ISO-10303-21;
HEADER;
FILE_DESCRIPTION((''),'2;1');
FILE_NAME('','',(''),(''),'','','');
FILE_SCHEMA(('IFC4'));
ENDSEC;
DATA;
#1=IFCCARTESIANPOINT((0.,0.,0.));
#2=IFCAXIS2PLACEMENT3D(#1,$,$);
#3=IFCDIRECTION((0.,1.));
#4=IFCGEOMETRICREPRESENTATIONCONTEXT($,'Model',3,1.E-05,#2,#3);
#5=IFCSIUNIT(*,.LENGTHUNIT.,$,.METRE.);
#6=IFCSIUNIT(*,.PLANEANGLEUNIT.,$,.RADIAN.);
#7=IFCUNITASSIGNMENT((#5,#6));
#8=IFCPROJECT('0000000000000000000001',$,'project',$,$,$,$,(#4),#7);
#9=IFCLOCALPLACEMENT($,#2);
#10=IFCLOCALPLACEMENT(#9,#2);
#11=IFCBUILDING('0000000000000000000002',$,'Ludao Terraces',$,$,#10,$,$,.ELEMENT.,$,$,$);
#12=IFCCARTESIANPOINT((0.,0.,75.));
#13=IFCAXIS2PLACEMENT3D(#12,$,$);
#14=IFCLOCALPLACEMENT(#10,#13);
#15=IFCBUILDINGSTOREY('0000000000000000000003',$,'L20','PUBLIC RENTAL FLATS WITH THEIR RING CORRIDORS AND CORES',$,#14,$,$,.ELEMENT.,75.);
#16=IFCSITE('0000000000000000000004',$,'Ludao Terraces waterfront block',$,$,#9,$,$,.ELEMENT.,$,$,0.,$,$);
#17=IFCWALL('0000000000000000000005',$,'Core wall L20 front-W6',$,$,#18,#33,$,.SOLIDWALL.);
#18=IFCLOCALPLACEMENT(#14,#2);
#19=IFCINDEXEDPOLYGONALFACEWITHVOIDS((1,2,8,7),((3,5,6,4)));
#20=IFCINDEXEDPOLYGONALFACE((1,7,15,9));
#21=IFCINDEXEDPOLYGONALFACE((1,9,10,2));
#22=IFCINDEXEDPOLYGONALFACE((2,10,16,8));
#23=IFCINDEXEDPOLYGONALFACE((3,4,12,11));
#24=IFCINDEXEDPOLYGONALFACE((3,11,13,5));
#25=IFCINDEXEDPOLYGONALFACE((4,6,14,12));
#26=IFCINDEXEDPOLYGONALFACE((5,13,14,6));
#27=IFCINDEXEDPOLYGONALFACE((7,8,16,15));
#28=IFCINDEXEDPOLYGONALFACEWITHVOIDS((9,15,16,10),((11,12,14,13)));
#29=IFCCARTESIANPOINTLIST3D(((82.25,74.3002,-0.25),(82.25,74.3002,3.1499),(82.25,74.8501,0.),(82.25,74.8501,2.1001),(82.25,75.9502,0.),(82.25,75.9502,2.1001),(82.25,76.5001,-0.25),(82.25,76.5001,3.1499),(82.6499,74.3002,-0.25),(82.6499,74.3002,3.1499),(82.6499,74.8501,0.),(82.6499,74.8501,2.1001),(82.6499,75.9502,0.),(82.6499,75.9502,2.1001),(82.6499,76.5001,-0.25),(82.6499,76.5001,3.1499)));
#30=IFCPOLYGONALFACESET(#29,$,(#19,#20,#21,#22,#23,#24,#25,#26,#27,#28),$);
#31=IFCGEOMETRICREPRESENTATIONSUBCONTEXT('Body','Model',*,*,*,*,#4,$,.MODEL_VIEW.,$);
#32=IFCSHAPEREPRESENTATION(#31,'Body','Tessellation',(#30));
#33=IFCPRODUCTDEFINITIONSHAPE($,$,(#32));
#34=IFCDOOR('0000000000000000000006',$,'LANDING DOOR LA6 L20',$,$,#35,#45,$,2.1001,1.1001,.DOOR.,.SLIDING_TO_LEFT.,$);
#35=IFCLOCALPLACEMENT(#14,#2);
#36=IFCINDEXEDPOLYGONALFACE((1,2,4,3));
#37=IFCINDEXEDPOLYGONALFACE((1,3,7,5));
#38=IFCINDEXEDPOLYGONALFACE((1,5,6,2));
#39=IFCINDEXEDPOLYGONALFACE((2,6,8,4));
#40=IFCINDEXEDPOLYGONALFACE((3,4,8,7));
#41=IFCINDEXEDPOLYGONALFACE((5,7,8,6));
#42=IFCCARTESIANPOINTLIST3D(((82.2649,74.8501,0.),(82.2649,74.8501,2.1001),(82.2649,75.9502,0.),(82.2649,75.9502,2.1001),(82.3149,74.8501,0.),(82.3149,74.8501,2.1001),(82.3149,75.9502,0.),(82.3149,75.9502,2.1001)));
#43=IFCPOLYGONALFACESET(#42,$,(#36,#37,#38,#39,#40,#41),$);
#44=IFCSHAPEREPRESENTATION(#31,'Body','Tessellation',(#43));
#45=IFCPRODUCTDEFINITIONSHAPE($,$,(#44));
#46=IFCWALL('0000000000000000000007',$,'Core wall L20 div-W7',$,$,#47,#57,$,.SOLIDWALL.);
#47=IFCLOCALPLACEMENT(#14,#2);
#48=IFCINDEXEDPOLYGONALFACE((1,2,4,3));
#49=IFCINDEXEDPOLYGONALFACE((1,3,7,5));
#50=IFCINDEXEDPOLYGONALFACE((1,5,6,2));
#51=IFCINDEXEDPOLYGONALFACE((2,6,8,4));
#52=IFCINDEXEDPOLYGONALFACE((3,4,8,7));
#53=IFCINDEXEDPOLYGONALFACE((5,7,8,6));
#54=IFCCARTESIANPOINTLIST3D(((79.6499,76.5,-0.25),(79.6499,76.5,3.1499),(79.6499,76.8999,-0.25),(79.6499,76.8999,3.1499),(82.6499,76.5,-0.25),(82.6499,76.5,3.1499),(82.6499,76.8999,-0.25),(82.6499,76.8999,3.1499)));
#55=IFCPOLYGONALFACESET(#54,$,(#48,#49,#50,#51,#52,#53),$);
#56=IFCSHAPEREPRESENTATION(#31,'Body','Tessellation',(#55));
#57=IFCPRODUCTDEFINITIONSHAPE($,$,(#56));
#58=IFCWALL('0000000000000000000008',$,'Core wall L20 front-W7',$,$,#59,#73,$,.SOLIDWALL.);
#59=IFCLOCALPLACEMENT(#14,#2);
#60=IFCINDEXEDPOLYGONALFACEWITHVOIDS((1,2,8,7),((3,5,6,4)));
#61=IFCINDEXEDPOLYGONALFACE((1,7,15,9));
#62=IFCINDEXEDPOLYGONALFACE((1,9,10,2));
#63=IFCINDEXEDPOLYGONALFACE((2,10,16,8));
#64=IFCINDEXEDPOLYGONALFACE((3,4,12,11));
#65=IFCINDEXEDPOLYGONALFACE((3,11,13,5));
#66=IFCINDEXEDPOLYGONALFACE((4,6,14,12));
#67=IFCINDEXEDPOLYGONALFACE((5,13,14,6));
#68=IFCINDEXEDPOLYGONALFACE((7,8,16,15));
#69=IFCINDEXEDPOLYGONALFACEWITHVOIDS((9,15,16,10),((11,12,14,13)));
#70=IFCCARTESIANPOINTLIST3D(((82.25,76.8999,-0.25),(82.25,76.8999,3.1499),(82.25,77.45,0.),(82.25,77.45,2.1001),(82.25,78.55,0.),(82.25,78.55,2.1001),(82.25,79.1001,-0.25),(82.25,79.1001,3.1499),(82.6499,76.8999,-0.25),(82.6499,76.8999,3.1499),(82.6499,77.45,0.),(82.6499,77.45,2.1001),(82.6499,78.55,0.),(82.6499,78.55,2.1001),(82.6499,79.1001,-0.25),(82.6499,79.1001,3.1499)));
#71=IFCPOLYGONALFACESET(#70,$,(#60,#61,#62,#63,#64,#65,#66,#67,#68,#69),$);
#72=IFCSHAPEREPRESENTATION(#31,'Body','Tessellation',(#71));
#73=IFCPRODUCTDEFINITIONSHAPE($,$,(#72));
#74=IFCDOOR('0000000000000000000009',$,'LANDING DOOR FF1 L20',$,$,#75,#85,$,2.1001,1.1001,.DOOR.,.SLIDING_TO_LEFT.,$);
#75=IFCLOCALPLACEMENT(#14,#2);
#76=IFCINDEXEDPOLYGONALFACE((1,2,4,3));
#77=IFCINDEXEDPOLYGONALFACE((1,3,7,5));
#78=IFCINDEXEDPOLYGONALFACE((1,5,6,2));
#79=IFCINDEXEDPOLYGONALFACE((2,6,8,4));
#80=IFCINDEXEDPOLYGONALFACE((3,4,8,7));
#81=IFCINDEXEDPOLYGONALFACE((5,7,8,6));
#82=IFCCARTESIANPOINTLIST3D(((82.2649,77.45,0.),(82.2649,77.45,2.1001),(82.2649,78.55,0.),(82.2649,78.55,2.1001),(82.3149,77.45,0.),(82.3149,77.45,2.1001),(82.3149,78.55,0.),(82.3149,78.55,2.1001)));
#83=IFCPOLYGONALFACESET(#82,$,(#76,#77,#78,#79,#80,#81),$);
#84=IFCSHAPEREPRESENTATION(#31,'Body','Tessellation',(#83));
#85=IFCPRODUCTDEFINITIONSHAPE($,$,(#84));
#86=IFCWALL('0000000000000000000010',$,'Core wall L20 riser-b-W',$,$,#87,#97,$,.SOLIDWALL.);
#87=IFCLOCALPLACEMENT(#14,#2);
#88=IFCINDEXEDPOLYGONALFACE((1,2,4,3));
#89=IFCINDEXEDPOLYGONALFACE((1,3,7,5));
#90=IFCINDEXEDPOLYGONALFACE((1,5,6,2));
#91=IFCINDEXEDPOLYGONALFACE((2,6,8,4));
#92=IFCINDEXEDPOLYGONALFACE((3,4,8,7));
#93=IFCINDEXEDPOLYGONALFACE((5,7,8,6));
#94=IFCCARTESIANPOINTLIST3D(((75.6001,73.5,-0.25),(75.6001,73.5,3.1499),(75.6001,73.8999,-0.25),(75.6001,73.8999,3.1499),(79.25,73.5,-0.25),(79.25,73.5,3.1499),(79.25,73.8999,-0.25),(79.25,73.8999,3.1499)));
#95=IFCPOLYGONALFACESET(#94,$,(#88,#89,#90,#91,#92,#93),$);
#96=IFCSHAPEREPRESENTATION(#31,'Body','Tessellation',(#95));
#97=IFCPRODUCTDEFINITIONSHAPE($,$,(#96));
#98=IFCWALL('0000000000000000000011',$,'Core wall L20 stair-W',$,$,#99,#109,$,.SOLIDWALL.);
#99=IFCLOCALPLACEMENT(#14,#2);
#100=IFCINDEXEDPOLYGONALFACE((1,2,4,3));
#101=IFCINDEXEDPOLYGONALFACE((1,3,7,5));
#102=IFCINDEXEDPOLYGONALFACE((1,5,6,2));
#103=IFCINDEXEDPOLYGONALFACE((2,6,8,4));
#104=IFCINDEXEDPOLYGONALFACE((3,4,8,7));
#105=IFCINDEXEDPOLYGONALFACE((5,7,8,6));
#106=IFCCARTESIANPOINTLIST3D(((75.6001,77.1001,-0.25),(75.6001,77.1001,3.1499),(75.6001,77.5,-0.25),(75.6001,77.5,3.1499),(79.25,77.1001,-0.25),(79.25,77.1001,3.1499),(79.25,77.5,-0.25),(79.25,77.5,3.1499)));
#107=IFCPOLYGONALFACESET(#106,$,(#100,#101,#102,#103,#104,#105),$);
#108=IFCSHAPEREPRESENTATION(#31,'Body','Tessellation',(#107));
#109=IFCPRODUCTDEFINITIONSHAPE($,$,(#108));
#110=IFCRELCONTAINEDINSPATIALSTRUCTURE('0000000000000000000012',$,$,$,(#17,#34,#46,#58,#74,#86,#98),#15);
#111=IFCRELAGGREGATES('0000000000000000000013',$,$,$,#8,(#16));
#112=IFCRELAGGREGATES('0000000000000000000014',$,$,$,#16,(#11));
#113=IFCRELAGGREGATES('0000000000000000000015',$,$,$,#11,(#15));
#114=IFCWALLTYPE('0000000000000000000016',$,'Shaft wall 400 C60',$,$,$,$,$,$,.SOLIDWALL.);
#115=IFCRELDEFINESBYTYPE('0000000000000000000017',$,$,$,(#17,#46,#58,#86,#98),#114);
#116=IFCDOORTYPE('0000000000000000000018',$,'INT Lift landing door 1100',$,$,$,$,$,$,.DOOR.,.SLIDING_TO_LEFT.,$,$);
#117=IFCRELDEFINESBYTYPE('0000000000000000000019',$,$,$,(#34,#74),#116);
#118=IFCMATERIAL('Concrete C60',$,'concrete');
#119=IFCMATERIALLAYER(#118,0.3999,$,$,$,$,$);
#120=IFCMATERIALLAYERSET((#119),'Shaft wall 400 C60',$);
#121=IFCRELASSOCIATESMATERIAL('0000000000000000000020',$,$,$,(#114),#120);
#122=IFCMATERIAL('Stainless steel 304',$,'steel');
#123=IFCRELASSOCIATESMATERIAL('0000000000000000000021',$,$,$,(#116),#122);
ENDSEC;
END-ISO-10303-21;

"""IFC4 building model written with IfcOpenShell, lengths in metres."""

from ifc_helpers import new_model, si_unit, direction, frame, frame_2d, origin, place, context, subcontext, project, spatial, rectangle, extrude, material, layer, layer_set, type_object, element, fill, save


model = new_model("IFC4")

# Units and contexts
model_context = context("Model", 3, precision=1e-05, world=origin(), true_north=direction((0.0, 1.0)))
body_context = subcontext(model_context, "Body", "Model", "MODEL_VIEW")
ifc_project = project(units=[si_unit("LENGTHUNIT", "METRE"), si_unit("PLANEANGLEUNIT", "RADIAN")], contexts=[model_context])

# Site, building, storey
site_placement = place(None, origin())
site = spatial("IfcSite", under=ifc_project, at=site_placement, Name="Ludao Terraces waterfront block", CompositionType="ELEMENT", RefElevation=0.0)
building_placement = place(site_placement, origin())
building = spatial("IfcBuilding", under=site, at=building_placement, Name="Ludao Terraces", CompositionType="ELEMENT")
storey_placement = place(building_placement, frame((0.0, 0.0, 75.0)))
storey = spatial("IfcBuildingStorey", under=building, at=storey_placement, Name="L20", Description="PUBLIC RENTAL FLATS WITH THEIR RING CORRIDORS AND CORES", CompositionType="ELEMENT", Elevation=75.0)

# Shared definitions
ifc_material_1 = material(Name="Concrete C60", Category="concrete")
ifc_layer_1 = layer(ifc_material_1, 0.3999)
ifc_layer_set_1 = layer_set([ifc_layer_1], Name="Shaft wall 400 C60")
wall_type_1 = type_object("IfcWallType", Name="Shaft wall 400 C60", PredefinedType="SOLIDWALL", material=ifc_layer_set_1)

# Shared definitions
ifc_material_2 = material(Name="Stainless steel 304", Category="steel")
door_type_1 = type_object("IfcDoorType", Name="INT Lift landing door 1100", OperationType="SLIDING_TO_LEFT", PredefinedType="DOOR", material=ifc_material_2)

# Wall, opening, door
wall_1_placement = place(storey_placement, frame((82.45, 74.3, -0.25), z_axis=(0.0, 0.0, 1.0), x_axis=(0.0, 1.0, 0.0)))
wall_1 = element("IfcWall", 1, at=wall_1_placement, inside=storey, type_object=wall_type_1, Name="Core wall L20 front-W6", PredefinedType="SOLIDWALL", context=body_context, shape_type="SweptSolid", body=[
    extrude(rectangle(XDim=2.2, YDim=0.3999, at=frame_2d((1.1001, 0.0))), origin(), (0.0, 0.0, 1.0), 3.3999),
])
opening_1_placement = place(wall_1_placement, frame((0.55, 0.0, 0.25)))
opening_1 = element("IfcOpeningElement", 2, at=opening_1_placement, cuts=wall_1, PredefinedType="OPENING", context=body_context, shape_type="SweptSolid", body=[
    extrude(rectangle(XDim=1.1001, YDim=2.1001, at=frame_2d((0.55, 1.05))), frame((0.0, 0.21, 0.0), z_axis=(0.0, -1.0, 0.0), x_axis=(1.0, 0.0, 0.0)), (0.0, 0.0, 1.0), 0.4199),
])
door_1_placement = place(opening_1_placement, origin())
door_1 = element("IfcDoor", 3, at=door_1_placement, inside=storey, type_object=door_type_1, Name="LANDING DOOR LA6 L20", OperationType="SLIDING_TO_LEFT", OverallHeight=2.1001, OverallWidth=1.1001, PredefinedType="DOOR", context=body_context, shape_type="SweptSolid", body=[
    extrude(rectangle(XDim=1.1001, YDim=2.1001, at=frame_2d((0.55, 1.05))), frame((0.0, 0.1851, 0.0), z_axis=(0.0, -1.0, 0.0), x_axis=(1.0, 0.0, 0.0)), (0.0, 0.0, 1.0), 0.05),
])
fill(opening_1, door_1)

# Wall
wall_2_placement = place(storey_placement, frame((79.6499, 76.7, -0.25), z_axis=(0.0, 0.0, 1.0), x_axis=(1.0, 0.0, 0.0)))
element("IfcWall", 4, at=wall_2_placement, inside=storey, type_object=wall_type_1, Name="Core wall L20 div-W7", PredefinedType="SOLIDWALL", context=body_context, shape_type="SweptSolid", body=[
    extrude(rectangle(XDim=3.0, YDim=0.3999, at=frame_2d((1.5, 0.0))), origin(), (0.0, 0.0, 1.0), 3.3999),
])

# Wall, opening, door
wall_3_placement = place(storey_placement, frame((82.45, 76.8999, -0.25), z_axis=(0.0, 0.0, 1.0), x_axis=(0.0, 1.0, 0.0)))
wall_3 = element("IfcWall", 5, at=wall_3_placement, inside=storey, type_object=wall_type_1, Name="Core wall L20 front-W7", PredefinedType="SOLIDWALL", context=body_context, shape_type="SweptSolid", body=[
    extrude(rectangle(XDim=2.2002, YDim=0.3999, at=frame_2d((1.1001, 0.0))), origin(), (0.0, 0.0, 1.0), 3.3999),
])
opening_2_placement = place(wall_3_placement, frame((0.55, 0.0, 0.25)))
opening_2 = element("IfcOpeningElement", 6, at=opening_2_placement, cuts=wall_3, PredefinedType="OPENING", context=body_context, shape_type="SweptSolid", body=[
    extrude(rectangle(XDim=1.1001, YDim=2.1001, at=frame_2d((0.55, 1.05))), frame((0.0, 0.21, 0.0), z_axis=(0.0, -1.0, 0.0), x_axis=(1.0, 0.0, 0.0)), (0.0, 0.0, 1.0), 0.4199),
])
door_2_placement = place(opening_2_placement, origin())
door_2 = element("IfcDoor", 7, at=door_2_placement, inside=storey, type_object=door_type_1, Name="LANDING DOOR FF1 L20", OperationType="SLIDING_TO_LEFT", OverallHeight=2.1001, OverallWidth=1.1001, PredefinedType="DOOR", context=body_context, shape_type="SweptSolid", body=[
    extrude(rectangle(XDim=1.1001, YDim=2.1001, at=frame_2d((0.55, 1.05))), frame((0.0, 0.1851, 0.0), z_axis=(0.0, -1.0, 0.0), x_axis=(1.0, 0.0, 0.0)), (0.0, 0.0, 1.0), 0.05),
])
fill(opening_2, door_2)

# Walls
for number, where, z_axis, x_axis, name in (
    (8, (75.6001, 73.7, -0.25), (0.0, 0.0, 1.0), (1.0, 0.0, 0.0), "Core wall L20 riser-b-W"),
    (9, (75.6001, 77.3, -0.25), (0.0, 0.0, 1.0), (1.0, 0.0, 0.0), "Core wall L20 stair-W"),
):
    element("IfcWall", number, at=place(storey_placement, frame(where, z_axis=z_axis, x_axis=x_axis)), inside=storey, type_object=wall_type_1, Name=name, PredefinedType="SOLIDWALL", context=body_context, shape_type="SweptSolid", body=[
        extrude(rectangle(XDim=3.6499, YDim=0.3999, at=frame_2d((1.825, 0.0))), origin(), (0.0, 0.0, 1.0), 3.3999),
    ])

save(model, "model.ifc")
